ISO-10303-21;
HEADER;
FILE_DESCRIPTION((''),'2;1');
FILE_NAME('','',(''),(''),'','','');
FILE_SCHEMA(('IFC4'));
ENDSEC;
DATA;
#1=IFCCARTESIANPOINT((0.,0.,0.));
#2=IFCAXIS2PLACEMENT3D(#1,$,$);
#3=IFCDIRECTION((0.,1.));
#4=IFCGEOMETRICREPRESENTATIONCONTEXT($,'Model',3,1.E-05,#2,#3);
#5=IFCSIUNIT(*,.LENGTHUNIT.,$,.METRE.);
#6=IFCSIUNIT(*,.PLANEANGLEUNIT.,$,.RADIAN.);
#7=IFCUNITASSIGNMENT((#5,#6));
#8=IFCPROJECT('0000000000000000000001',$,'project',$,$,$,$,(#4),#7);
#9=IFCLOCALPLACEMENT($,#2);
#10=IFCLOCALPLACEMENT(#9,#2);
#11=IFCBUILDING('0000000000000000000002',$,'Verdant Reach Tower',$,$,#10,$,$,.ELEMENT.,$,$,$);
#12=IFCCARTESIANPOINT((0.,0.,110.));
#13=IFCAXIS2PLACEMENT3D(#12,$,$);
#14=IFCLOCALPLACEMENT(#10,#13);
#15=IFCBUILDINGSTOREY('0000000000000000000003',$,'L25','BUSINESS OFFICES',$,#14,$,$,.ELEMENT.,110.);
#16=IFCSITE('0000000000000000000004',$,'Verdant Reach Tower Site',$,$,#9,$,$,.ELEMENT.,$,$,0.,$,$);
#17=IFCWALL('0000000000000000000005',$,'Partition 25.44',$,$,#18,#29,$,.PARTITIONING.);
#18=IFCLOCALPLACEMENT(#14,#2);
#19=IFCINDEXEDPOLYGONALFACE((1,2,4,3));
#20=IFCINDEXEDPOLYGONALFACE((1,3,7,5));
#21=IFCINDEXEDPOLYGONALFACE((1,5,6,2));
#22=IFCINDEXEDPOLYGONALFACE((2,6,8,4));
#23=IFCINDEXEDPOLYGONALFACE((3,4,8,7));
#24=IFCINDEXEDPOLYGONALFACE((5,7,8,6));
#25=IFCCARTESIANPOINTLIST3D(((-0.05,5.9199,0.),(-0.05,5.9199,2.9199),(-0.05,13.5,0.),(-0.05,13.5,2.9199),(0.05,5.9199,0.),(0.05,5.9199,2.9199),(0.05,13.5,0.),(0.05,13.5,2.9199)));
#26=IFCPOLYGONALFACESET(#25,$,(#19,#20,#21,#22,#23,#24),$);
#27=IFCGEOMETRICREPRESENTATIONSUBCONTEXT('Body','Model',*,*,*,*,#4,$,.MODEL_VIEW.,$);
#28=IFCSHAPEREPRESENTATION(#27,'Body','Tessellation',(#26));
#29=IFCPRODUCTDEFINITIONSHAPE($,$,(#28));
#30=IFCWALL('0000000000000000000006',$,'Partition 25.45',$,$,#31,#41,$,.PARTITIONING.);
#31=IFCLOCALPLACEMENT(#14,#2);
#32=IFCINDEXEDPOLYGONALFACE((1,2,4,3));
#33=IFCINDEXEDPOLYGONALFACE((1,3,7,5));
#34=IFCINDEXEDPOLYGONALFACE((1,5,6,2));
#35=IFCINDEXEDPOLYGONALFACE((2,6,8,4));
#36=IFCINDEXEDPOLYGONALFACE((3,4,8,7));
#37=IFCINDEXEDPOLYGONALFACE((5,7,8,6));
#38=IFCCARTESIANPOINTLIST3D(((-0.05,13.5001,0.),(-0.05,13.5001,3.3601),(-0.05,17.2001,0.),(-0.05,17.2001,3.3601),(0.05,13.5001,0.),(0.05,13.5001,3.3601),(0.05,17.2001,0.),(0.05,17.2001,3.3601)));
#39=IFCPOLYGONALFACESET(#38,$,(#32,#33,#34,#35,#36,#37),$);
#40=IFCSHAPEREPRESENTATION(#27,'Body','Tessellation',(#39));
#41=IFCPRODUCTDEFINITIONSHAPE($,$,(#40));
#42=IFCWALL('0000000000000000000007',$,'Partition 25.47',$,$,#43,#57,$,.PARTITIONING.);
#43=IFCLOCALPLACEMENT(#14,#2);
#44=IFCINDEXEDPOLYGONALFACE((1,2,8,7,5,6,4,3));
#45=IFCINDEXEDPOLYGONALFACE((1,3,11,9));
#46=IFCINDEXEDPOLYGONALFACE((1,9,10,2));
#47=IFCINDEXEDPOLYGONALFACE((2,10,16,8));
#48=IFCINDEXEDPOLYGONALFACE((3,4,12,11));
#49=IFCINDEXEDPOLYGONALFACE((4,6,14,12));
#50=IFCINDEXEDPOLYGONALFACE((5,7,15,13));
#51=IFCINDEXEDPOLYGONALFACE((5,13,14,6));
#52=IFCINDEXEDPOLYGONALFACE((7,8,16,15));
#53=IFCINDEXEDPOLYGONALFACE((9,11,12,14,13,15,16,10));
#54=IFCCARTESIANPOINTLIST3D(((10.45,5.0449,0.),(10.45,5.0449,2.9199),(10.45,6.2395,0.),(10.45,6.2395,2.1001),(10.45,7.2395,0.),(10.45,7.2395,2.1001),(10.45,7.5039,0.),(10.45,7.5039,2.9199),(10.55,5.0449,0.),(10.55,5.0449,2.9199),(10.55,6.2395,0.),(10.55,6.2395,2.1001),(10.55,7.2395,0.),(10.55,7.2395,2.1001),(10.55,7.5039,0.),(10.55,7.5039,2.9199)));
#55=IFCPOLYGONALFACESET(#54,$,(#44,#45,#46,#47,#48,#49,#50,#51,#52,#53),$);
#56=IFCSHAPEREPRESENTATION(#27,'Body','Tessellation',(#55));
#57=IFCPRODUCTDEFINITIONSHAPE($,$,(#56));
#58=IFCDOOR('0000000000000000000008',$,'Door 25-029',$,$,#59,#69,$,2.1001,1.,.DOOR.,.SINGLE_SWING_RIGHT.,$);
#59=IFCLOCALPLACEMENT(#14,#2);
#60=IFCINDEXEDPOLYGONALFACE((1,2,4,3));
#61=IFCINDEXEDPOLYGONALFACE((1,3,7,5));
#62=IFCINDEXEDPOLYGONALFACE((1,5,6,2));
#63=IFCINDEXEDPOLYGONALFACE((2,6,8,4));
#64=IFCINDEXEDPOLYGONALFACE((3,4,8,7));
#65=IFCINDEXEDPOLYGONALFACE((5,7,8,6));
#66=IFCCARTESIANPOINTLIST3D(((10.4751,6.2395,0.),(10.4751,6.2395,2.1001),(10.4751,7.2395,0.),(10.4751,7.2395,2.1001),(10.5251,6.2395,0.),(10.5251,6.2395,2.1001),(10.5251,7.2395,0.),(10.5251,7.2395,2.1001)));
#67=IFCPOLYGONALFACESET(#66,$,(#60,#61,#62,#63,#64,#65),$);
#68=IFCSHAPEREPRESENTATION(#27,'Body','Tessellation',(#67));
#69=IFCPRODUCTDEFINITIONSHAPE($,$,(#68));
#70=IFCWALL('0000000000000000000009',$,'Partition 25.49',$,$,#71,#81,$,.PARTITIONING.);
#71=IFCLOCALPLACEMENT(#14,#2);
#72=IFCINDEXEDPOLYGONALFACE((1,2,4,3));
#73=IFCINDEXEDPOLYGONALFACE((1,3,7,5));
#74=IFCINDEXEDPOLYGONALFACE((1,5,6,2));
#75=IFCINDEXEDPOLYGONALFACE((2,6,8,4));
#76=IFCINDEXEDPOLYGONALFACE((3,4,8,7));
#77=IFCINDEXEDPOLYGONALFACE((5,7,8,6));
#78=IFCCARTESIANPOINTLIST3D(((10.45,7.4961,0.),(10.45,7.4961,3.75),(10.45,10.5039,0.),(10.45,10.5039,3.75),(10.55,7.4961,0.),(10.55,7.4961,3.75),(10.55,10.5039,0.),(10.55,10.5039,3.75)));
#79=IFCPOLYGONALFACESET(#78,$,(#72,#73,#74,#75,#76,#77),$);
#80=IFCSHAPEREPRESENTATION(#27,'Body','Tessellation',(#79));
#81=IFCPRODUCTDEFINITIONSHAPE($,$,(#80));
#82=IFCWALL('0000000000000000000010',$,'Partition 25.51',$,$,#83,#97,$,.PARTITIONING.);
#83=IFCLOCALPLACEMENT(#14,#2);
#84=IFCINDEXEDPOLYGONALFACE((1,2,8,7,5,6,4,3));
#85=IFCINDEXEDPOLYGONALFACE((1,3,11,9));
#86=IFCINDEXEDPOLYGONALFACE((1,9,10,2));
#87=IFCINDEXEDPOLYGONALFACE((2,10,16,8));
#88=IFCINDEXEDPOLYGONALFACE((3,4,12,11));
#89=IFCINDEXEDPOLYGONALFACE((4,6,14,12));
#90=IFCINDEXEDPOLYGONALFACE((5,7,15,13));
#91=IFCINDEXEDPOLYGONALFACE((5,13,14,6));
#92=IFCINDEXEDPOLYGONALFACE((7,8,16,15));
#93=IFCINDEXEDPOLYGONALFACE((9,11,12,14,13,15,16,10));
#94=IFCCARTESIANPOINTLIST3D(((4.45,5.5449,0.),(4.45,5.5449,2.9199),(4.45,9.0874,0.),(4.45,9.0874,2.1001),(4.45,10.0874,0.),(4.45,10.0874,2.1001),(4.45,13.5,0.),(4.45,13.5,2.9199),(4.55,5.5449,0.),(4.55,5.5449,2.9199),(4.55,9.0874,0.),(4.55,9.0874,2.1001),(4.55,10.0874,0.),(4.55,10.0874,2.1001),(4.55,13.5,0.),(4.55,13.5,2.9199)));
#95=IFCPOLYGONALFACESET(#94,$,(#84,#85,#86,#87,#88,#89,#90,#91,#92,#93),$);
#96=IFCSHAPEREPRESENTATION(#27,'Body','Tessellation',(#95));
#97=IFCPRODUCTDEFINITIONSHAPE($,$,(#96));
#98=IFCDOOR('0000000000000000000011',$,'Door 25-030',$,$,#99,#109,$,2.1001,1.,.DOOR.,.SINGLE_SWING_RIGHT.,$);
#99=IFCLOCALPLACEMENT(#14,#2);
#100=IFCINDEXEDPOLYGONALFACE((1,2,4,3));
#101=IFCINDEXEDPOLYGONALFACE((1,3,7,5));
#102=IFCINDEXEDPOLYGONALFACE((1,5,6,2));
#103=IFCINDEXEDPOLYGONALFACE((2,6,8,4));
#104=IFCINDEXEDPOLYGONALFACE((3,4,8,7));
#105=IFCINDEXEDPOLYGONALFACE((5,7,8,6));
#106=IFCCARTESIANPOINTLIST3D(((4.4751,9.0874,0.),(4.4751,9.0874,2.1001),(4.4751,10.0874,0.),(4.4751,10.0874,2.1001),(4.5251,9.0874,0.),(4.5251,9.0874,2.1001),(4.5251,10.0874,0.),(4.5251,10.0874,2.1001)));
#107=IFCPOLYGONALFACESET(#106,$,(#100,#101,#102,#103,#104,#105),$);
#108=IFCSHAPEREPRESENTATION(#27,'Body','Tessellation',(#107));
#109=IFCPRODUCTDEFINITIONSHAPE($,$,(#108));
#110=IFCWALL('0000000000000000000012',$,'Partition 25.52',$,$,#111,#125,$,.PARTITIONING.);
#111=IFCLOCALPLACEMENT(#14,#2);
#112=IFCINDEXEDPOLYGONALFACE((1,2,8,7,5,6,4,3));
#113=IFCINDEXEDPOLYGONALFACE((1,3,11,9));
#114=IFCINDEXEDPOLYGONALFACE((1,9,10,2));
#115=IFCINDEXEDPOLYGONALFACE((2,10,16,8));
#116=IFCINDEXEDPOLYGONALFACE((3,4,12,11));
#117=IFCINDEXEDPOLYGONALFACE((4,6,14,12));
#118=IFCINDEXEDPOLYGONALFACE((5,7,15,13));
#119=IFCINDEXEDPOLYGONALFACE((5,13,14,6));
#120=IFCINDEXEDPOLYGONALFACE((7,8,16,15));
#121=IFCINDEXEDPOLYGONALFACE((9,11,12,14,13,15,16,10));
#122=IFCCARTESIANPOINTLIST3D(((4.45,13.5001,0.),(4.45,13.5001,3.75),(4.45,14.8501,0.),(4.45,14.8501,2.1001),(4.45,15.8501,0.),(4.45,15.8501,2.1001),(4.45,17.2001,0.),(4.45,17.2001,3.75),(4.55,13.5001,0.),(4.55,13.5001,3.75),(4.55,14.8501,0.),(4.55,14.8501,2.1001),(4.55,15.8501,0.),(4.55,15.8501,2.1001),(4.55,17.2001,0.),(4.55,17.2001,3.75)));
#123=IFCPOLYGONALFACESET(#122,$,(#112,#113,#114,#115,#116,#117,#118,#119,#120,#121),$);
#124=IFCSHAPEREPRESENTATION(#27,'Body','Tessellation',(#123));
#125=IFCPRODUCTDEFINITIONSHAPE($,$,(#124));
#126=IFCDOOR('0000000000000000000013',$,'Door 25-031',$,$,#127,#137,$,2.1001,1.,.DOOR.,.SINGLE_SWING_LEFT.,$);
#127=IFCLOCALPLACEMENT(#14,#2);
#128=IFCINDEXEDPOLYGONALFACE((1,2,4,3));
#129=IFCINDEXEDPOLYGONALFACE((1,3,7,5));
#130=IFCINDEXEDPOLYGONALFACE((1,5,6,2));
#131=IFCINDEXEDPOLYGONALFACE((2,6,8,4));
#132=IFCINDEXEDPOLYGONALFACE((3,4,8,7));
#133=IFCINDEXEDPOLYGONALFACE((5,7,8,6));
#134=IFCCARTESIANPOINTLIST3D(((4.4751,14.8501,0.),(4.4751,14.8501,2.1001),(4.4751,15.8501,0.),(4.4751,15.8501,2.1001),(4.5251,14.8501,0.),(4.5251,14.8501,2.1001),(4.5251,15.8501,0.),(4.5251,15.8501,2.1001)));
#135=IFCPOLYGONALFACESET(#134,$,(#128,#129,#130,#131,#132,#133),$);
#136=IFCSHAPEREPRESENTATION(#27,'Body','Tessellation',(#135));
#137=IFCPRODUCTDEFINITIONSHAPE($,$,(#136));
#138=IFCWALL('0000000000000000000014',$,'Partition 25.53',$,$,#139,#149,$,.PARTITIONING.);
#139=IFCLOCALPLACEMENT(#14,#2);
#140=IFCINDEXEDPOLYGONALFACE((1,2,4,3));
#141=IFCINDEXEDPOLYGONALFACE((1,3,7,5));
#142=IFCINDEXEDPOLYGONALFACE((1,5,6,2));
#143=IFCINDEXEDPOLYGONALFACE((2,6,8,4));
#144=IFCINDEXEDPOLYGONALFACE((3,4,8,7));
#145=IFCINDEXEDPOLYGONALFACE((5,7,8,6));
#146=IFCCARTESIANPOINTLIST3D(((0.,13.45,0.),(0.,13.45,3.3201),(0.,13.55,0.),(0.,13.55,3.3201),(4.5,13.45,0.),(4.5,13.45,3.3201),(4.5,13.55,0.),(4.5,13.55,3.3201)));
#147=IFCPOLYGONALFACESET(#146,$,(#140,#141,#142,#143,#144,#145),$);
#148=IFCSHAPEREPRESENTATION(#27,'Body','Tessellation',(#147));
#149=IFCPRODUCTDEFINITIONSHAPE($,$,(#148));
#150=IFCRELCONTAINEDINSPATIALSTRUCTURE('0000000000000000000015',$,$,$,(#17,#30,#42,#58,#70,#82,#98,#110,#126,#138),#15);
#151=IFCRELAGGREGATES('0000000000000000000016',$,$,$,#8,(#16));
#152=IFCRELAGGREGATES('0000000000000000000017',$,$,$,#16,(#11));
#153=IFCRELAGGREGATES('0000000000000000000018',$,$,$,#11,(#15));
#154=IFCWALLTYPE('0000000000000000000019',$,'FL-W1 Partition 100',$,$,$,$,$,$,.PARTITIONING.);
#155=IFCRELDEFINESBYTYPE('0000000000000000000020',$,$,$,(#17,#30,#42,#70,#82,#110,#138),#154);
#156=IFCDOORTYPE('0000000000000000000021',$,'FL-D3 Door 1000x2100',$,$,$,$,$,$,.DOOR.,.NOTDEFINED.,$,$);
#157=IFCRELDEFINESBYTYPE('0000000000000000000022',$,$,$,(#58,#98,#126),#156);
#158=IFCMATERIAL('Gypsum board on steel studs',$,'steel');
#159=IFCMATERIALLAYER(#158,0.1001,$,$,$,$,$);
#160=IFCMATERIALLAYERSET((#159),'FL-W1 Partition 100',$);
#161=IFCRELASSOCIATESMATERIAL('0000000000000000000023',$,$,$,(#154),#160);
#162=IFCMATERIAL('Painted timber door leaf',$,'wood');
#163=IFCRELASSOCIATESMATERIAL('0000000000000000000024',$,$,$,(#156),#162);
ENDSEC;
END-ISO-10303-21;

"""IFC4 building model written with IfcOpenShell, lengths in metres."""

from ifc_helpers import new_model, si_unit, direction, frame, frame_2d, origin, place, context, subcontext, project, spatial, rectangle, extrude, material, layer, layer_set, type_object, element, fill, save


model = new_model("IFC4")

# Units and contexts
model_context = context("Model", 3, precision=1e-05, world=origin(), true_north=direction((0.0, 1.0)))
body_context = subcontext(model_context, "Body", "Model", "MODEL_VIEW")
ifc_project = project(units=[si_unit("LENGTHUNIT", "METRE"), si_unit("PLANEANGLEUNIT", "RADIAN")], contexts=[model_context])

# Site, building, storey
site_placement = place(None, origin())
site = spatial("IfcSite", under=ifc_project, at=site_placement, Name="Verdant Reach Tower Site", CompositionType="ELEMENT", RefElevation=0.0)
building_placement = place(site_placement, origin())
building = spatial("IfcBuilding", under=site, at=building_placement, Name="Verdant Reach Tower", CompositionType="ELEMENT")
storey_placement = place(building_placement, frame((0.0, 0.0, 110.0)))
storey = spatial("IfcBuildingStorey", under=building, at=storey_placement, Name="L25", Description="BUSINESS OFFICES", CompositionType="ELEMENT", Elevation=110.0)

# Walls
ifc_material_1 = material(Name="Gypsum board on steel studs", Category="steel")
ifc_layer_1 = layer(ifc_material_1, 0.1001)
ifc_layer_set_1 = layer_set([ifc_layer_1], Name="FL-W1 Partition 100")
wall_type = type_object("IfcWallType", Name="FL-W1 Partition 100", PredefinedType="PARTITIONING", material=ifc_layer_set_1)
wall_1_placement = place(storey_placement, frame((0.0, 5.9199, 0.0), z_axis=(0.0, 0.0, 1.0), x_axis=(0.0, 1.0, 0.0)))
element("IfcWall", 1, at=wall_1_placement, inside=storey, type_object=wall_type, Name="Partition 25.44", PredefinedType="PARTITIONING", context=body_context, shape_type="SweptSolid", body=[
    extrude(rectangle(XDim=7.5801, YDim=0.1001, at=frame_2d((3.79, 0.0))), origin(), (0.0, 0.0, 1.0), 2.9199),
])
wall_2_placement = place(storey_placement, frame((0.0, 13.5, 0.0), z_axis=(0.0, 0.0, 1.0), x_axis=(0.0, 1.0, 0.0)))
element("IfcWall", 2, at=wall_2_placement, inside=storey, type_object=wall_type, Name="Partition 25.45", PredefinedType="PARTITIONING", context=body_context, shape_type="SweptSolid", body=[
    extrude(rectangle(XDim=3.7, YDim=0.1001, at=frame_2d((1.8501, 0.0))), origin(), (0.0, 0.0, 1.0), 3.3601),
])

# Wall, opening, door
wall_3_placement = place(storey_placement, frame((10.5, 5.0449, 0.0), z_axis=(0.0, 0.0, 1.0), x_axis=(0.0, 1.0, 0.0)))
wall_3 = element("IfcWall", 3, at=wall_3_placement, inside=storey, type_object=wall_type, Name="Partition 25.47", PredefinedType="PARTITIONING", context=body_context, shape_type="SweptSolid", body=[
    extrude(rectangle(XDim=2.459, YDim=0.1001, at=frame_2d((1.2295, 0.0))), origin(), (0.0, 0.0, 1.0), 2.9199),
])
opening_1_placement = place(wall_3_placement, frame((1.1946, 0.0, 0.0)))
opening_1 = element("IfcOpeningElement", 4, at=opening_1_placement, cuts=wall_3, PredefinedType="OPENING", context=body_context, shape_type="SweptSolid", body=[
    extrude(rectangle(XDim=1.0, YDim=2.1001, at=frame_2d((0.5, 1.05))), frame((0.0, 0.0601, 0.0), z_axis=(0.0, -1.0, 0.0), x_axis=(1.0, 0.0, 0.0)), (0.0, 0.0, 1.0), 0.1201),
])
ifc_material_2 = material(Name="Painted timber door leaf", Category="wood")
door_type = type_object("IfcDoorType", Name="FL-D3 Door 1000x2100", OperationType="NOTDEFINED", PredefinedType="DOOR", material=ifc_material_2)
door_1_placement = place(opening_1_placement, origin())
door_1 = element("IfcDoor", 5, at=door_1_placement, inside=storey, type_object=door_type, Name="Door 25-029", OperationType="SINGLE_SWING_RIGHT", OverallHeight=2.1001, OverallWidth=1.0, PredefinedType="DOOR", context=body_context, shape_type="SweptSolid", body=[
    extrude(rectangle(XDim=1.0, YDim=2.1001, at=frame_2d((0.5, 1.05))), frame((0.0, 0.0249, 0.0), z_axis=(0.0, -1.0, 0.0), x_axis=(1.0, 0.0, 0.0)), (0.0, 0.0, 1.0), 0.05),
])
fill(opening_1, door_1)

# Wall
wall_4_placement = place(storey_placement, frame((10.5, 10.5039, 0.0), z_axis=(0.0, 0.0, 1.0), x_axis=(0.0, -1.0, 0.0)))
element("IfcWall", 6, at=wall_4_placement, inside=storey, type_object=wall_type, Name="Partition 25.49", PredefinedType="PARTITIONING", context=body_context, shape_type="SweptSolid", body=[
    extrude(rectangle(XDim=3.0078, YDim=0.1001, at=frame_2d((1.5039, 0.0))), origin(), (0.0, 0.0, 1.0), 3.75),
])

# Walls, openings, doors
wall_5_placement = place(storey_placement, frame((4.5, 5.5449, 0.0), z_axis=(0.0, 0.0, 1.0), x_axis=(0.0, 1.0, 0.0)))
wall_5 = element("IfcWall", 7, at=wall_5_placement, inside=storey, type_object=wall_type, Name="Partition 25.51", PredefinedType="PARTITIONING", context=body_context, shape_type="SweptSolid", body=[
    extrude(rectangle(XDim=7.9551, YDim=0.1001, at=frame_2d((3.9775, 0.0))), origin(), (0.0, 0.0, 1.0), 2.9199),
])
opening_2_placement = place(wall_5_placement, frame((3.5425, 0.0, 0.0)))
opening_2 = element("IfcOpeningElement", 8, at=opening_2_placement, cuts=wall_5, PredefinedType="OPENING", context=body_context, shape_type="SweptSolid", body=[
    extrude(rectangle(XDim=1.0, YDim=2.1001, at=frame_2d((0.5, 1.05))), frame((0.0, 0.0601, 0.0), z_axis=(0.0, -1.0, 0.0), x_axis=(1.0, 0.0, 0.0)), (0.0, 0.0, 1.0), 0.1201),
])
door_2_placement = place(opening_2_placement, origin())
door_2 = element("IfcDoor", 9, at=door_2_placement, inside=storey, type_object=door_type, Name="Door 25-030", OperationType="SINGLE_SWING_RIGHT", OverallHeight=2.1001, OverallWidth=1.0, PredefinedType="DOOR", context=body_context, shape_type="SweptSolid", body=[
    extrude(rectangle(XDim=1.0, YDim=2.1001, at=frame_2d((0.5, 1.05))), frame((0.0, 0.0249, 0.0), z_axis=(0.0, -1.0, 0.0), x_axis=(1.0, 0.0, 0.0)), (0.0, 0.0, 1.0), 0.05),
])
fill(opening_2, door_2)
wall_6_placement = place(storey_placement, frame((4.5, 13.5, 0.0), z_axis=(0.0, 0.0, 1.0), x_axis=(0.0, 1.0, 0.0)))
wall_6 = element("IfcWall", 10, at=wall_6_placement, inside=storey, type_object=wall_type, Name="Partition 25.52", PredefinedType="PARTITIONING", context=body_context, shape_type="SweptSolid", body=[
    extrude(rectangle(XDim=3.7, YDim=0.1001, at=frame_2d((1.8501, 0.0))), origin(), (0.0, 0.0, 1.0), 3.75),
])
opening_3_placement = place(wall_6_placement, frame((1.3501, 0.0, 0.0)))
opening_3 = element("IfcOpeningElement", 11, at=opening_3_placement, cuts=wall_6, PredefinedType="OPENING", context=body_context, shape_type="SweptSolid", body=[
    extrude(rectangle(XDim=1.0, YDim=2.1001, at=frame_2d((0.5, 1.05))), frame((0.0, 0.0601, 0.0), z_axis=(0.0, -1.0, 0.0), x_axis=(1.0, 0.0, 0.0)), (0.0, 0.0, 1.0), 0.1201),
])
door_3_placement = place(opening_3_placement, origin())
door_3 = element("IfcDoor", 12, at=door_3_placement, inside=storey, type_object=door_type, Name="Door 25-031", OperationType="SINGLE_SWING_LEFT", OverallHeight=2.1001, OverallWidth=1.0, PredefinedType="DOOR", context=body_context, shape_type="SweptSolid", body=[
    extrude(rectangle(XDim=1.0, YDim=2.1001, at=frame_2d((0.5, 1.05))), frame((0.0, 0.0249, 0.0), z_axis=(0.0, -1.0, 0.0), x_axis=(1.0, 0.0, 0.0)), (0.0, 0.0, 1.0), 0.05),
])
fill(opening_3, door_3)

# Wall
wall_7_placement = place(storey_placement, frame((4.5, 13.5, 0.0), z_axis=(0.0, 0.0, 1.0), x_axis=(-1.0, 0.0, 0.0)))
element("IfcWall", 13, at=wall_7_placement, inside=storey, type_object=wall_type, Name="Partition 25.53", PredefinedType="PARTITIONING", context=body_context, shape_type="SweptSolid", body=[
    extrude(rectangle(XDim=4.5, YDim=0.1001, at=frame_2d((2.25, 0.0))), origin(), (0.0, 0.0, 1.0), 3.3201),
])

save(model, "model.ifc")
